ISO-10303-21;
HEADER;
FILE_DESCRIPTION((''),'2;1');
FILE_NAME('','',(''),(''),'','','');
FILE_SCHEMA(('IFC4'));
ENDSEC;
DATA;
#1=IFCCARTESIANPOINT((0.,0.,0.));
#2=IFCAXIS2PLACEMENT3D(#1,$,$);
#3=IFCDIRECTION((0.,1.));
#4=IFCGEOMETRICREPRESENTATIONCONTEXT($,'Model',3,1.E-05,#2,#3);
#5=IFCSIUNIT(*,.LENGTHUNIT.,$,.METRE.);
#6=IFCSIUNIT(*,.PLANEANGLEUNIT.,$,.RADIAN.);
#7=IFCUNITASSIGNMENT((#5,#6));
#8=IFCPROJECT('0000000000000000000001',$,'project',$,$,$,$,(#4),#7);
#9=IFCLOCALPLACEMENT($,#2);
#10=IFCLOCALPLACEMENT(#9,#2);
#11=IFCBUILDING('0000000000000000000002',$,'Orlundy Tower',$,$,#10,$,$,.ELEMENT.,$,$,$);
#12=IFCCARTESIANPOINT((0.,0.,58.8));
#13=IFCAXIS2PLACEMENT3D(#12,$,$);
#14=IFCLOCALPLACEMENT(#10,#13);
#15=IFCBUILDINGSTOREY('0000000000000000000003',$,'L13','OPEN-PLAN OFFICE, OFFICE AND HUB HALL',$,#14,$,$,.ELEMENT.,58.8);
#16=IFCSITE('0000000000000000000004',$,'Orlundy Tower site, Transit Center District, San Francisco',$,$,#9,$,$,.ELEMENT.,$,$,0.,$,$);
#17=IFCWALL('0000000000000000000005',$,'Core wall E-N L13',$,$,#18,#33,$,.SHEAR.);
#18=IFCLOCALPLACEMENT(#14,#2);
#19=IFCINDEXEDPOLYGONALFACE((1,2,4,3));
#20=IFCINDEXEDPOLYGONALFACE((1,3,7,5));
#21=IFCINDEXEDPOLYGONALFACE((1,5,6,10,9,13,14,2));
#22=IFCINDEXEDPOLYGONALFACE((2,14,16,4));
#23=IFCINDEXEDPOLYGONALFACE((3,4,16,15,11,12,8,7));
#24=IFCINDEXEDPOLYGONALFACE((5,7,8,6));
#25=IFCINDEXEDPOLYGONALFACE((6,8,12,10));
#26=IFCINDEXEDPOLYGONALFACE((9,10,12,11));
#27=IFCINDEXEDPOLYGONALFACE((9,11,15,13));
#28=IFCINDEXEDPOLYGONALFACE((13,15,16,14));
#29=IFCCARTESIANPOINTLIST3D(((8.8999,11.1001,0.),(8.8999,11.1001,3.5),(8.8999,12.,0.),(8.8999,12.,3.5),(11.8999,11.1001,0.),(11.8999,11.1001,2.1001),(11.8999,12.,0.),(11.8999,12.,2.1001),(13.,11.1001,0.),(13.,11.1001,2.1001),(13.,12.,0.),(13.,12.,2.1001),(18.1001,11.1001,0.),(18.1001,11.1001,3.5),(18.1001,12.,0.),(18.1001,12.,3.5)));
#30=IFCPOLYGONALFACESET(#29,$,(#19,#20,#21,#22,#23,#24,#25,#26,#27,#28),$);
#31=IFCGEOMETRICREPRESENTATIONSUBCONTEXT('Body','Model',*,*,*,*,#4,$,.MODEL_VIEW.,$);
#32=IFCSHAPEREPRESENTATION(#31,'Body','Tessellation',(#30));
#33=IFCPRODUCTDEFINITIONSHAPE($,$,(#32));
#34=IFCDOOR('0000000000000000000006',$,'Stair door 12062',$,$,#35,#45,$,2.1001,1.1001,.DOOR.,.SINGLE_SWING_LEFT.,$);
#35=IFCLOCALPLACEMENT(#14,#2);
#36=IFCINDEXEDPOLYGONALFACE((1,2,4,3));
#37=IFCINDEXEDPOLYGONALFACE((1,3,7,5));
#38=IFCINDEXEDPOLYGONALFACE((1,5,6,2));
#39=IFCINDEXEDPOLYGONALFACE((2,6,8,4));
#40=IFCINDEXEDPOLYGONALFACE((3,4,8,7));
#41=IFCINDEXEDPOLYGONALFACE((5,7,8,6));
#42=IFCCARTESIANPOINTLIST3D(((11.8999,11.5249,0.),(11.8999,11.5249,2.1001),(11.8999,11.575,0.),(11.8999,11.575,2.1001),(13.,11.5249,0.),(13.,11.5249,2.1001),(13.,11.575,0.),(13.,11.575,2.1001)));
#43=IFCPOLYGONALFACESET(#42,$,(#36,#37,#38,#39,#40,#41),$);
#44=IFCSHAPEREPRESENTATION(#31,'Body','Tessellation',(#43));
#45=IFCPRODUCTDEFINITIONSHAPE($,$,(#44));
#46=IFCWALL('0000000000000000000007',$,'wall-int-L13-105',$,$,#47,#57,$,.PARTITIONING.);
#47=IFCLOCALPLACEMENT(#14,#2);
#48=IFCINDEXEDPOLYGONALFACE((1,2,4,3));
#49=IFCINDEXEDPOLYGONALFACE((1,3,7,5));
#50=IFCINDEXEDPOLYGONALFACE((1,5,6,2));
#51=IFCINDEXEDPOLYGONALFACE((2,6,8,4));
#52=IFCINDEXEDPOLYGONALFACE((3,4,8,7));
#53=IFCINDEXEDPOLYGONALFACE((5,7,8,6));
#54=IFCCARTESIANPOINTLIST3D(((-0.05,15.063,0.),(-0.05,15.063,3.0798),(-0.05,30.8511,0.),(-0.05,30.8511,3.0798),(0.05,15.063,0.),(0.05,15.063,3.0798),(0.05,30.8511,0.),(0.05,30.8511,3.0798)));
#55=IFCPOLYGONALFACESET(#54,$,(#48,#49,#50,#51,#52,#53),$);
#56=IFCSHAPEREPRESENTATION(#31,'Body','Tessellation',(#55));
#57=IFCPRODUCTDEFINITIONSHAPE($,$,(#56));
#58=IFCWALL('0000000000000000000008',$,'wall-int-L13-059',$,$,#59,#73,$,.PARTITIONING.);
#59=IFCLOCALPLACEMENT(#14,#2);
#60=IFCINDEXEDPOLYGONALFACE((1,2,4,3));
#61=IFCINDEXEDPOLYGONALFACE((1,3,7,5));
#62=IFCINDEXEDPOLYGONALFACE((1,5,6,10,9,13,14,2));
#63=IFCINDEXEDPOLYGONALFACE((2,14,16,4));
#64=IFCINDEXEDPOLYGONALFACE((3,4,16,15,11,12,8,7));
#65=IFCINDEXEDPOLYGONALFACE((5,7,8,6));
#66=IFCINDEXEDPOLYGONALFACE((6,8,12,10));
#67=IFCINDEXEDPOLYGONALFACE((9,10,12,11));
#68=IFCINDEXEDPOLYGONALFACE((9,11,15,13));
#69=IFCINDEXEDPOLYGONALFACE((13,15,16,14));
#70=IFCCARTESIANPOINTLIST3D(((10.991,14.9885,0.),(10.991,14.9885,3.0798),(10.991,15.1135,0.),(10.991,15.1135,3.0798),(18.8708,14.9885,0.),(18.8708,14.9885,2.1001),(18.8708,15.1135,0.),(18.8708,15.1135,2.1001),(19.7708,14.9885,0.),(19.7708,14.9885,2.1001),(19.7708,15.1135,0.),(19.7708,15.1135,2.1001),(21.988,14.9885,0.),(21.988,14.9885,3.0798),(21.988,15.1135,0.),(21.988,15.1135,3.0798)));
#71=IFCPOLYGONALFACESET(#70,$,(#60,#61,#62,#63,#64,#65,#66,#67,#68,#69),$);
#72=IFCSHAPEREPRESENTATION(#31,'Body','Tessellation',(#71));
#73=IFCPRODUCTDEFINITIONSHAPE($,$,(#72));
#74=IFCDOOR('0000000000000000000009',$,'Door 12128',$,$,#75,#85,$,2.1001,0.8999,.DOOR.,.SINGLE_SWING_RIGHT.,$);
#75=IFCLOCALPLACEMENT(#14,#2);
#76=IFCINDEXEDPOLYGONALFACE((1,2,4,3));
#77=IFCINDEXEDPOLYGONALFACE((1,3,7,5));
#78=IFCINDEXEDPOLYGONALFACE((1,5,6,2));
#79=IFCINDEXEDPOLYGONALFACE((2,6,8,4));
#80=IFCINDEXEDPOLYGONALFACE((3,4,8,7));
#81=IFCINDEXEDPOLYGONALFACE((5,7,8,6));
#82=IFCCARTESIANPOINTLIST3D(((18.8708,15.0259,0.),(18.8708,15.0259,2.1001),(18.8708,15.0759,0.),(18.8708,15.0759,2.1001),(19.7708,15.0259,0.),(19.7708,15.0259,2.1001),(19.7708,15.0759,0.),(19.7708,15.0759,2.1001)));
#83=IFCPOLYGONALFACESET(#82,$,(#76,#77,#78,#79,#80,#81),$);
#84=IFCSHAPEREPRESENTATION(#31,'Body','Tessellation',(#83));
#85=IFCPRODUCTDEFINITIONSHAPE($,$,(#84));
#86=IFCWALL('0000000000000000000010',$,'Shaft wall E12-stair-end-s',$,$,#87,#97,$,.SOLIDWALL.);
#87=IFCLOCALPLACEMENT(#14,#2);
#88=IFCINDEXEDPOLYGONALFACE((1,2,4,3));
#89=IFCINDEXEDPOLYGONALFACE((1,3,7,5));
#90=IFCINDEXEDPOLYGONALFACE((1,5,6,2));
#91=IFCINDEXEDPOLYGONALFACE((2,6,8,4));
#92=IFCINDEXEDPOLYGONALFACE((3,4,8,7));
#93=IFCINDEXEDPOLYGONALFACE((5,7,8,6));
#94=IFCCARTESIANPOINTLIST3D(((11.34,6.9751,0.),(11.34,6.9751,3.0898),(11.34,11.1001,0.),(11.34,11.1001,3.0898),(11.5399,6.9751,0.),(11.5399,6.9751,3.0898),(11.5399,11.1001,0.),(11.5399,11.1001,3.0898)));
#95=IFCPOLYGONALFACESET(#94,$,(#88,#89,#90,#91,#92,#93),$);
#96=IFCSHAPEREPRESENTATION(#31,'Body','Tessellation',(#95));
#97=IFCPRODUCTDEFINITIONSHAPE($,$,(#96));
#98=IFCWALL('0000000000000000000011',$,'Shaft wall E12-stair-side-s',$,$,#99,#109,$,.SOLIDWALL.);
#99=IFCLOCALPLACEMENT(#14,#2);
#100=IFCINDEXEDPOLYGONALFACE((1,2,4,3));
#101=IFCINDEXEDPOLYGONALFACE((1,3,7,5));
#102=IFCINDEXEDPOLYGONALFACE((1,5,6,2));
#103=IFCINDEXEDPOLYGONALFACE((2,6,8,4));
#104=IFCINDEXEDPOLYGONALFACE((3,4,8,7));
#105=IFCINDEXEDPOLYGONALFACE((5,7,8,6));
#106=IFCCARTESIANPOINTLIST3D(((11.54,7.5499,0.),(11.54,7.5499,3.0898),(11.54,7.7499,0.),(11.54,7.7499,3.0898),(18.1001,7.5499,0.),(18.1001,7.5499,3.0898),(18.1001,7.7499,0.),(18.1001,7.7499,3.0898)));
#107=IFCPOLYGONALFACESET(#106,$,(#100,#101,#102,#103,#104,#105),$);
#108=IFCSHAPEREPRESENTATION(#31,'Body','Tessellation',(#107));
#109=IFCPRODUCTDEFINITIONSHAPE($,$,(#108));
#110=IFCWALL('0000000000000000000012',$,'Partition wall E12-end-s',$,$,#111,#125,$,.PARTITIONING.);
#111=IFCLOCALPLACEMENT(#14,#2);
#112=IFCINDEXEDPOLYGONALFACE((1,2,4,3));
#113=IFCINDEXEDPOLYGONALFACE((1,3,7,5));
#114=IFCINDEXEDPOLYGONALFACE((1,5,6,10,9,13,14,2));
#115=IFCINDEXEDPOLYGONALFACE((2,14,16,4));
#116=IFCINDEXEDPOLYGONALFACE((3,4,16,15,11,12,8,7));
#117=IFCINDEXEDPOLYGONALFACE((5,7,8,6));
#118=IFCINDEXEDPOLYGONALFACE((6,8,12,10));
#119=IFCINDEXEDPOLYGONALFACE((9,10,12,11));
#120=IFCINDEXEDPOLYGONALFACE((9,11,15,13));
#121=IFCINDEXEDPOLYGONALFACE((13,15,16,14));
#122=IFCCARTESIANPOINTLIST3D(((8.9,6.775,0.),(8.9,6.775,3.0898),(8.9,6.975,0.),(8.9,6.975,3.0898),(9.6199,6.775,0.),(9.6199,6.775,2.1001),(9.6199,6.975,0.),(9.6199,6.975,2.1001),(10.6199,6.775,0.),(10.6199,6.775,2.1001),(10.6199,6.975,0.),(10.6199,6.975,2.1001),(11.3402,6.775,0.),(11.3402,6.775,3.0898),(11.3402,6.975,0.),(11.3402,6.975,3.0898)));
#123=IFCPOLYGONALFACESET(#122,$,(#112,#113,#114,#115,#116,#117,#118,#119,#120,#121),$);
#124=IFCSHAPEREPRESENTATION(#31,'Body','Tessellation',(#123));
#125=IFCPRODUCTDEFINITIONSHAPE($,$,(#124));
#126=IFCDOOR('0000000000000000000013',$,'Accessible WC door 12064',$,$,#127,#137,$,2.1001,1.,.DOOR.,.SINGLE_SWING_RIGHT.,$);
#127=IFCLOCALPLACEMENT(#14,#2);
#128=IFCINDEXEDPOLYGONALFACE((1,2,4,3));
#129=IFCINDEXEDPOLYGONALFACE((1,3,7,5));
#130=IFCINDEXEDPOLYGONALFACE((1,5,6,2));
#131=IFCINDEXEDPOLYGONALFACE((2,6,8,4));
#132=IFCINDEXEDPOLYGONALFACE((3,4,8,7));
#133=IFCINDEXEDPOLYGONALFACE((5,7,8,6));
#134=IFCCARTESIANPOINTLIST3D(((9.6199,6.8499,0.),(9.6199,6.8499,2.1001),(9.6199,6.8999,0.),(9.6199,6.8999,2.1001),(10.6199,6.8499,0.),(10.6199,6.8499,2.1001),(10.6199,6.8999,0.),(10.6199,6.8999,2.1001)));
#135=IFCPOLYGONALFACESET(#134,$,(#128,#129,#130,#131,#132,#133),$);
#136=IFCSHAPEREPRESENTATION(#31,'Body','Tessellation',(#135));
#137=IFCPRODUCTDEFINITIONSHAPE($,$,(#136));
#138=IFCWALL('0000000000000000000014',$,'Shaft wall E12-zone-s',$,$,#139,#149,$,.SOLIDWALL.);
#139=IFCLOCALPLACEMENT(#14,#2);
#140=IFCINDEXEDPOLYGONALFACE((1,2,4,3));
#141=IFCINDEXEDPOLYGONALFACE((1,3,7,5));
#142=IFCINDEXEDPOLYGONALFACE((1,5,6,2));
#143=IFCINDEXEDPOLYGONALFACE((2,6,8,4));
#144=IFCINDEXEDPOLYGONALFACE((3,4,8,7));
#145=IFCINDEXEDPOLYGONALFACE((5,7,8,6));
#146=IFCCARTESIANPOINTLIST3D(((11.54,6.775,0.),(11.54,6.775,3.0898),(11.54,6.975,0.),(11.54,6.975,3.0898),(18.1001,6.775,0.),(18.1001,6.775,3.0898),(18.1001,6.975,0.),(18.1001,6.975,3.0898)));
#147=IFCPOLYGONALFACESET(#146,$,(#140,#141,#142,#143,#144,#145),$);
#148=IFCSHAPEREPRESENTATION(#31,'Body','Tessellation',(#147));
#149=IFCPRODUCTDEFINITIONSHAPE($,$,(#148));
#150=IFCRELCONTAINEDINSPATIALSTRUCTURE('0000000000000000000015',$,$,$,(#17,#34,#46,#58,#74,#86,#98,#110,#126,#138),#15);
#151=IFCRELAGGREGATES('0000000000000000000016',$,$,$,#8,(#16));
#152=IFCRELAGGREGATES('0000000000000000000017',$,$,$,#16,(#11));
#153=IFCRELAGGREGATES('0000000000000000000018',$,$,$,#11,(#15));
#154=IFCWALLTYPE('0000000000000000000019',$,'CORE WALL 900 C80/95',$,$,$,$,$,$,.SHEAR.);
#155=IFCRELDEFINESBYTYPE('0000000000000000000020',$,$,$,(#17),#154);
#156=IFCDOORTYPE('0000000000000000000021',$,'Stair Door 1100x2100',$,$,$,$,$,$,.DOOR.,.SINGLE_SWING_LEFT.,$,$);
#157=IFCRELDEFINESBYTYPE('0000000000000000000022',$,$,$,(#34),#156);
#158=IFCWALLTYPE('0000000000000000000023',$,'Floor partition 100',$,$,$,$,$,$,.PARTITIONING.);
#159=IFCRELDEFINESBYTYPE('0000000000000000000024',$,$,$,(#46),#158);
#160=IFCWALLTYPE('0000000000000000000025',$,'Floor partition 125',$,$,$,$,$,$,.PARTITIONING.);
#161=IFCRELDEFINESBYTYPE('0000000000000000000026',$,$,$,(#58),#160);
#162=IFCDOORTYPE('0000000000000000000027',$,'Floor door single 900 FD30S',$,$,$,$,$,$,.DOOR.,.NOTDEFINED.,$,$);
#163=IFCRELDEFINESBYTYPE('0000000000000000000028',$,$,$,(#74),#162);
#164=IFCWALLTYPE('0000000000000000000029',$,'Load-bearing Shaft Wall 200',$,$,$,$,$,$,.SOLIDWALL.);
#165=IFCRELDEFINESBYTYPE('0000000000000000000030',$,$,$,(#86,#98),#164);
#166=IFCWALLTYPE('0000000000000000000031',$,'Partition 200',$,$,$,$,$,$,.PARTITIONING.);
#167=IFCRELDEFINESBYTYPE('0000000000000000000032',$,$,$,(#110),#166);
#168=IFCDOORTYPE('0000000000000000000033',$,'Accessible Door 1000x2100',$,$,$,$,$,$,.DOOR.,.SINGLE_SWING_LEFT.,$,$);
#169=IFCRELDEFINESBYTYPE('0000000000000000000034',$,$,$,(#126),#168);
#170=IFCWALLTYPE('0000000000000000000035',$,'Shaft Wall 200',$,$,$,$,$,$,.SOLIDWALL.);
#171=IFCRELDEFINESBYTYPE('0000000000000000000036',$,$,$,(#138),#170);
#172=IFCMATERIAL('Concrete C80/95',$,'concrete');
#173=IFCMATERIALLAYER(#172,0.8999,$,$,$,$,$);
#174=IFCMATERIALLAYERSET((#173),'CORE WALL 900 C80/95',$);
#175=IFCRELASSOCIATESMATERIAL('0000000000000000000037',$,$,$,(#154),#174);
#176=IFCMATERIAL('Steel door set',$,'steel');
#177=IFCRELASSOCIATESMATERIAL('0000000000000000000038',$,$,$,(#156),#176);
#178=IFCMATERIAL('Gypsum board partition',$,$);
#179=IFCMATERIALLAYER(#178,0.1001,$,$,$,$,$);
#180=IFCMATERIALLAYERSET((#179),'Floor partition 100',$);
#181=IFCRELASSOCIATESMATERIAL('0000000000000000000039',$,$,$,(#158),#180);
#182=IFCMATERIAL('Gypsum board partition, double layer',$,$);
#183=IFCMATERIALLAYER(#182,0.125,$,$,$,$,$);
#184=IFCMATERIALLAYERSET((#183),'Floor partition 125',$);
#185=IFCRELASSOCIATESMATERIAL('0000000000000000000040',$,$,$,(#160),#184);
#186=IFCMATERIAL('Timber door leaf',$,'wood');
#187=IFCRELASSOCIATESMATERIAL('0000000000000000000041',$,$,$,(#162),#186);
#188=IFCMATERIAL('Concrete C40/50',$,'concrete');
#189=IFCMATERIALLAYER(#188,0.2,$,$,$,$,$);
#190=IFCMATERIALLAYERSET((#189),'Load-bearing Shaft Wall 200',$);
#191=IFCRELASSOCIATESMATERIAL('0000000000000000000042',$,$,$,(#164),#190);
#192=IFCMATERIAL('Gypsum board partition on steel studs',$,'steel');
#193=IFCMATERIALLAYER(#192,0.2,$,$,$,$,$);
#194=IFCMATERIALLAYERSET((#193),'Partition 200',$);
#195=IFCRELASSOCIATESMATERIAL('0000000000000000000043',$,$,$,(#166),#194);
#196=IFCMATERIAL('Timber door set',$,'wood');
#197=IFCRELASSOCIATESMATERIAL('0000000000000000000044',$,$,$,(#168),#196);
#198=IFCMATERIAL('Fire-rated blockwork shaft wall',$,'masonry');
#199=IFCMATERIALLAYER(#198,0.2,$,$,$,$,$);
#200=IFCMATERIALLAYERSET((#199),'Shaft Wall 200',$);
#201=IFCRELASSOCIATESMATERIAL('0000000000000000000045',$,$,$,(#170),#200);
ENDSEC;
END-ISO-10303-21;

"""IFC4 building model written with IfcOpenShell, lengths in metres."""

from ifc_helpers import new_model, si_unit, direction, frame, frame_2d, origin, place, context, subcontext, project, spatial, rectangle, extrude, material, layer, layer_set, type_object, element, fill, save


model = new_model("IFC4")

# Units and contexts
model_context = context("Model", 3, precision=1e-05, world=origin(), true_north=direction((0.0, 1.0)))
body_context = subcontext(model_context, "Body", "Model", "MODEL_VIEW")
ifc_project = project(units=[si_unit("LENGTHUNIT", "METRE"), si_unit("PLANEANGLEUNIT", "RADIAN")], contexts=[model_context])

# Site, building, storey
site_placement = place(None, origin())
site = spatial("IfcSite", under=ifc_project, at=site_placement, Name="Orlundy Tower site, Transit Center District, San Francisco", CompositionType="ELEMENT", RefElevation=0.0)
building_placement = place(site_placement, origin())
building = spatial("IfcBuilding", under=site, at=building_placement, Name="Orlundy Tower", CompositionType="ELEMENT")
storey_placement = place(building_placement, frame((0.0, 0.0, 58.8)))
storey = spatial("IfcBuildingStorey", under=building, at=storey_placement, Name="L13", Description="OPEN-PLAN OFFICE, OFFICE AND HUB HALL", CompositionType="ELEMENT", Elevation=58.8)

# Wall, opening, door
ifc_material_1 = material(Name="Concrete C80/95", Category="concrete")
ifc_layer_1 = layer(ifc_material_1, 0.8999)
ifc_layer_set_1 = layer_set([ifc_layer_1], Name="CORE WALL 900 C80/95")
wall_type_1 = type_object("IfcWallType", Name="CORE WALL 900 C80/95", PredefinedType="SHEAR", material=ifc_layer_set_1)
wall_1_placement = place(storey_placement, frame((8.8999, 11.55, 0.0), z_axis=(0.0, 0.0, 1.0), x_axis=(1.0, 0.0, 0.0)))
wall_1 = element("IfcWall", 1, at=wall_1_placement, inside=storey, type_object=wall_type_1, Name="Core wall E-N L13", PredefinedType="SHEAR", context=body_context, shape_type="SweptSolid", body=[
    extrude(rectangle(XDim=9.2002, YDim=0.8999, at=frame_2d((4.6001, 0.0))), origin(), (0.0, 0.0, 1.0), 3.5),
])
opening_1_placement = place(wall_1_placement, frame((3.0, 0.0, 0.0)))
opening_1 = element("IfcOpeningElement", 2, at=opening_1_placement, cuts=wall_1, PredefinedType="OPENING", context=body_context, shape_type="SweptSolid", body=[
    extrude(rectangle(XDim=1.1001, YDim=2.1001, at=frame_2d((0.55, 1.05))), frame((0.0, 0.46, 0.0), z_axis=(0.0, -1.0, 0.0), x_axis=(1.0, 0.0, 0.0)), (0.0, 0.0, 1.0), 0.9199),
])
ifc_material_2 = material(Name="Steel door set", Category="steel")
door_type_1 = type_object("IfcDoorType", Name="Stair Door 1100x2100", OperationType="SINGLE_SWING_LEFT", PredefinedType="DOOR", material=ifc_material_2)
door_1_placement = place(opening_1_placement, origin())
door_1 = element("IfcDoor", 3, at=door_1_placement, inside=storey, type_object=door_type_1, Name="Stair door 12062", OperationType="SINGLE_SWING_LEFT", OverallHeight=2.1001, OverallWidth=1.1001, PredefinedType="DOOR", context=body_context, shape_type="SweptSolid", body=[
    extrude(rectangle(XDim=1.1001, YDim=2.1001, at=frame_2d((0.55, 1.05))), frame((0.0, 0.0249, 0.0), z_axis=(0.0, -1.0, 0.0), x_axis=(1.0, 0.0, 0.0)), (0.0, 0.0, 1.0), 0.05),
])
fill(opening_1, door_1)

# Wall
ifc_material_3 = material(Name="Gypsum board partition")
ifc_layer_2 = layer(ifc_material_3, 0.1001)
ifc_layer_set_2 = layer_set([ifc_layer_2], Name="Floor partition 100")
wall_type_2 = type_object("IfcWallType", Name="Floor partition 100", PredefinedType="PARTITIONING", material=ifc_layer_set_2)
wall_2_placement = place(storey_placement, frame((0.0, 15.063, 0.0), z_axis=(0.0, 0.0, 1.0), x_axis=(0.0, 1.0, 0.0)))
element("IfcWall", 4, at=wall_2_placement, inside=storey, type_object=wall_type_2, Name="wall-int-L13-105", PredefinedType="PARTITIONING", context=body_context, shape_type="SweptSolid", body=[
    extrude(rectangle(XDim=15.7881, YDim=0.1001, at=frame_2d((7.894, 0.0))), origin(), (0.0, 0.0, 1.0), 3.0798),
])

# Wall, opening, door
ifc_material_4 = material(Name="Gypsum board partition, double layer")
ifc_layer_3 = layer(ifc_material_4, 0.125)
ifc_layer_set_3 = layer_set([ifc_layer_3], Name="Floor partition 125")
wall_type_3 = type_object("IfcWallType", Name="Floor partition 125", PredefinedType="PARTITIONING", material=ifc_layer_set_3)
wall_3_placement = place(storey_placement, frame((10.991, 15.051, 0.0), z_axis=(0.0, 0.0, 1.0), x_axis=(1.0, 0.0, 0.0)))
wall_3 = element("IfcWall", 5, at=wall_3_placement, inside=storey, type_object=wall_type_3, Name="wall-int-L13-059", PredefinedType="PARTITIONING", context=body_context, shape_type="SweptSolid", body=[
    extrude(rectangle(XDim=10.9971, YDim=0.125, at=frame_2d((5.4985, 0.0))), origin(), (0.0, 0.0, 1.0), 3.0798),
])
opening_2_placement = place(wall_3_placement, frame((7.8799, 0.0, 0.0)))
opening_2 = element("IfcOpeningElement", 6, at=opening_2_placement, cuts=wall_3, PredefinedType="OPENING", context=body_context, shape_type="SweptSolid", body=[
    extrude(rectangle(XDim=0.8999, YDim=2.1001, at=frame_2d((0.45, 1.05))), frame((0.0, 0.0725, 0.0), z_axis=(0.0, -1.0, 0.0), x_axis=(1.0, 0.0, 0.0)), (0.0, 0.0, 1.0), 0.145),
])
ifc_material_5 = material(Name="Timber door leaf", Category="wood")
door_type_2 = type_object("IfcDoorType", Name="Floor door single 900 FD30S", OperationType="NOTDEFINED", PredefinedType="DOOR", material=ifc_material_5)
door_2_placement = place(opening_2_placement, origin())
door_2 = element("IfcDoor", 7, at=door_2_placement, inside=storey, type_object=door_type_2, Name="Door 12128", OperationType="SINGLE_SWING_RIGHT", OverallHeight=2.1001, OverallWidth=0.8999, PredefinedType="DOOR", context=body_context, shape_type="SweptSolid", body=[
    extrude(rectangle(XDim=0.8999, YDim=2.1001, at=frame_2d((0.45, 1.05))), frame((0.0, 0.0249, 0.0), z_axis=(0.0, -1.0, 0.0), x_axis=(1.0, 0.0, 0.0)), (0.0, 0.0, 1.0), 0.05),
])
fill(opening_2, door_2)

# Walls
ifc_material_6 = material(Name="Concrete C40/50", Category="concrete")
ifc_layer_4 = layer(ifc_material_6, 0.2)
ifc_layer_set_4 = layer_set([ifc_layer_4], Name="Load-bearing Shaft Wall 200")
wall_type_4 = type_object("IfcWallType", Name="Load-bearing Shaft Wall 200", PredefinedType="SOLIDWALL", material=ifc_layer_set_4)
wall_4_placement = place(storey_placement, frame((11.4399, 11.1001, 0.0), z_axis=(0.0, 0.0, 1.0), x_axis=(0.0, -1.0, 0.0)))
element("IfcWall", 8, at=wall_4_placement, inside=storey, type_object=wall_type_4, Name="Shaft wall E12-stair-end-s", PredefinedType="SOLIDWALL", context=body_context, shape_type="SweptSolid", body=[
    extrude(rectangle(XDim=4.125, YDim=0.2, at=frame_2d((2.0625, 0.0))), origin(), (0.0, 0.0, 1.0), 3.0898),
])
wall_5_placement = place(storey_placement, frame((11.54, 7.6499, 0.0), z_axis=(0.0, 0.0, 1.0), x_axis=(1.0, 0.0, 0.0)))
element("IfcWall", 9, at=wall_5_placement, inside=storey, type_object=wall_type_4, Name="Shaft wall E12-stair-side-s", PredefinedType="SOLIDWALL", context=body_context, shape_type="SweptSolid", body=[
    extrude(rectangle(XDim=6.5601, YDim=0.2, at=frame_2d((3.28, 0.0))), origin(), (0.0, 0.0, 1.0), 3.0898),
])

# Wall, opening, door
ifc_material_7 = material(Name="Gypsum board partition on steel studs", Category="steel")
ifc_layer_5 = layer(ifc_material_7, 0.2)
ifc_layer_set_5 = layer_set([ifc_layer_5], Name="Partition 200")
wall_type_5 = type_object("IfcWallType", Name="Partition 200", PredefinedType="PARTITIONING", material=ifc_layer_set_5)
wall_6_placement = place(storey_placement, frame((8.8999, 6.875, 0.0), z_axis=(0.0, 0.0, 1.0), x_axis=(1.0, 0.0, 0.0)))
wall_6 = element("IfcWall", 10, at=wall_6_placement, inside=storey, type_object=wall_type_5, Name="Partition wall E12-end-s", PredefinedType="PARTITIONING", context=body_context, shape_type="SweptSolid", body=[
    extrude(rectangle(XDim=2.4402, YDim=0.2, at=frame_2d((1.2202, 0.0))), origin(), (0.0, 0.0, 1.0), 3.0898),
])
opening_3_placement = place(wall_6_placement, frame((0.72, 0.0, 0.0)))
opening_3 = element("IfcOpeningElement", 11, at=opening_3_placement, cuts=wall_6, PredefinedType="OPENING", context=body_context, shape_type="SweptSolid", body=[
    extrude(rectangle(XDim=1.0, YDim=2.1001, at=frame_2d((0.5, 1.05))), frame((0.0, 0.1101, 0.0), z_axis=(0.0, -1.0, 0.0), x_axis=(1.0, 0.0, 0.0)), (0.0, 0.0, 1.0), 0.2202),
])
ifc_material_8 = material(Name="Timber door set", Category="wood")
door_type_3 = type_object("IfcDoorType", Name="Accessible Door 1000x2100", OperationType="SINGLE_SWING_LEFT", PredefinedType="DOOR", material=ifc_material_8)
door_3_placement = place(opening_3_placement, origin())
door_3 = element("IfcDoor", 12, at=door_3_placement, inside=storey, type_object=door_type_3, Name="Accessible WC door 12064", OperationType="SINGLE_SWING_RIGHT", OverallHeight=2.1001, OverallWidth=1.0, PredefinedType="DOOR", context=body_context, shape_type="SweptSolid", body=[
    extrude(rectangle(XDim=1.0, YDim=2.1001, at=frame_2d((0.5, 1.05))), frame((0.0, 0.0249, 0.0), z_axis=(0.0, -1.0, 0.0), x_axis=(1.0, 0.0, 0.0)), (0.0, 0.0, 1.0), 0.05),
])
fill(opening_3, door_3)

# Wall
ifc_material_9 = material(Name="Fire-rated blockwork shaft wall", Category="masonry")
ifc_layer_6 = layer(ifc_material_9, 0.2)
ifc_layer_set_6 = layer_set([ifc_layer_6], Name="Shaft Wall 200")
wall_type_6 = type_object("IfcWallType", Name="Shaft Wall 200", PredefinedType="SOLIDWALL", material=ifc_layer_set_6)
wall_7_placement = place(storey_placement, frame((11.54, 6.875, 0.0), z_axis=(0.0, 0.0, 1.0), x_axis=(1.0, 0.0, 0.0)))
element("IfcWall", 13, at=wall_7_placement, inside=storey, type_object=wall_type_6, Name="Shaft wall E12-zone-s", PredefinedType="SOLIDWALL", context=body_context, shape_type="SweptSolid", body=[
    extrude(rectangle(XDim=6.5601, YDim=0.2, at=frame_2d((3.28, 0.0))), origin(), (0.0, 0.0, 1.0), 3.0898),
])

save(model, "model.ifc")
